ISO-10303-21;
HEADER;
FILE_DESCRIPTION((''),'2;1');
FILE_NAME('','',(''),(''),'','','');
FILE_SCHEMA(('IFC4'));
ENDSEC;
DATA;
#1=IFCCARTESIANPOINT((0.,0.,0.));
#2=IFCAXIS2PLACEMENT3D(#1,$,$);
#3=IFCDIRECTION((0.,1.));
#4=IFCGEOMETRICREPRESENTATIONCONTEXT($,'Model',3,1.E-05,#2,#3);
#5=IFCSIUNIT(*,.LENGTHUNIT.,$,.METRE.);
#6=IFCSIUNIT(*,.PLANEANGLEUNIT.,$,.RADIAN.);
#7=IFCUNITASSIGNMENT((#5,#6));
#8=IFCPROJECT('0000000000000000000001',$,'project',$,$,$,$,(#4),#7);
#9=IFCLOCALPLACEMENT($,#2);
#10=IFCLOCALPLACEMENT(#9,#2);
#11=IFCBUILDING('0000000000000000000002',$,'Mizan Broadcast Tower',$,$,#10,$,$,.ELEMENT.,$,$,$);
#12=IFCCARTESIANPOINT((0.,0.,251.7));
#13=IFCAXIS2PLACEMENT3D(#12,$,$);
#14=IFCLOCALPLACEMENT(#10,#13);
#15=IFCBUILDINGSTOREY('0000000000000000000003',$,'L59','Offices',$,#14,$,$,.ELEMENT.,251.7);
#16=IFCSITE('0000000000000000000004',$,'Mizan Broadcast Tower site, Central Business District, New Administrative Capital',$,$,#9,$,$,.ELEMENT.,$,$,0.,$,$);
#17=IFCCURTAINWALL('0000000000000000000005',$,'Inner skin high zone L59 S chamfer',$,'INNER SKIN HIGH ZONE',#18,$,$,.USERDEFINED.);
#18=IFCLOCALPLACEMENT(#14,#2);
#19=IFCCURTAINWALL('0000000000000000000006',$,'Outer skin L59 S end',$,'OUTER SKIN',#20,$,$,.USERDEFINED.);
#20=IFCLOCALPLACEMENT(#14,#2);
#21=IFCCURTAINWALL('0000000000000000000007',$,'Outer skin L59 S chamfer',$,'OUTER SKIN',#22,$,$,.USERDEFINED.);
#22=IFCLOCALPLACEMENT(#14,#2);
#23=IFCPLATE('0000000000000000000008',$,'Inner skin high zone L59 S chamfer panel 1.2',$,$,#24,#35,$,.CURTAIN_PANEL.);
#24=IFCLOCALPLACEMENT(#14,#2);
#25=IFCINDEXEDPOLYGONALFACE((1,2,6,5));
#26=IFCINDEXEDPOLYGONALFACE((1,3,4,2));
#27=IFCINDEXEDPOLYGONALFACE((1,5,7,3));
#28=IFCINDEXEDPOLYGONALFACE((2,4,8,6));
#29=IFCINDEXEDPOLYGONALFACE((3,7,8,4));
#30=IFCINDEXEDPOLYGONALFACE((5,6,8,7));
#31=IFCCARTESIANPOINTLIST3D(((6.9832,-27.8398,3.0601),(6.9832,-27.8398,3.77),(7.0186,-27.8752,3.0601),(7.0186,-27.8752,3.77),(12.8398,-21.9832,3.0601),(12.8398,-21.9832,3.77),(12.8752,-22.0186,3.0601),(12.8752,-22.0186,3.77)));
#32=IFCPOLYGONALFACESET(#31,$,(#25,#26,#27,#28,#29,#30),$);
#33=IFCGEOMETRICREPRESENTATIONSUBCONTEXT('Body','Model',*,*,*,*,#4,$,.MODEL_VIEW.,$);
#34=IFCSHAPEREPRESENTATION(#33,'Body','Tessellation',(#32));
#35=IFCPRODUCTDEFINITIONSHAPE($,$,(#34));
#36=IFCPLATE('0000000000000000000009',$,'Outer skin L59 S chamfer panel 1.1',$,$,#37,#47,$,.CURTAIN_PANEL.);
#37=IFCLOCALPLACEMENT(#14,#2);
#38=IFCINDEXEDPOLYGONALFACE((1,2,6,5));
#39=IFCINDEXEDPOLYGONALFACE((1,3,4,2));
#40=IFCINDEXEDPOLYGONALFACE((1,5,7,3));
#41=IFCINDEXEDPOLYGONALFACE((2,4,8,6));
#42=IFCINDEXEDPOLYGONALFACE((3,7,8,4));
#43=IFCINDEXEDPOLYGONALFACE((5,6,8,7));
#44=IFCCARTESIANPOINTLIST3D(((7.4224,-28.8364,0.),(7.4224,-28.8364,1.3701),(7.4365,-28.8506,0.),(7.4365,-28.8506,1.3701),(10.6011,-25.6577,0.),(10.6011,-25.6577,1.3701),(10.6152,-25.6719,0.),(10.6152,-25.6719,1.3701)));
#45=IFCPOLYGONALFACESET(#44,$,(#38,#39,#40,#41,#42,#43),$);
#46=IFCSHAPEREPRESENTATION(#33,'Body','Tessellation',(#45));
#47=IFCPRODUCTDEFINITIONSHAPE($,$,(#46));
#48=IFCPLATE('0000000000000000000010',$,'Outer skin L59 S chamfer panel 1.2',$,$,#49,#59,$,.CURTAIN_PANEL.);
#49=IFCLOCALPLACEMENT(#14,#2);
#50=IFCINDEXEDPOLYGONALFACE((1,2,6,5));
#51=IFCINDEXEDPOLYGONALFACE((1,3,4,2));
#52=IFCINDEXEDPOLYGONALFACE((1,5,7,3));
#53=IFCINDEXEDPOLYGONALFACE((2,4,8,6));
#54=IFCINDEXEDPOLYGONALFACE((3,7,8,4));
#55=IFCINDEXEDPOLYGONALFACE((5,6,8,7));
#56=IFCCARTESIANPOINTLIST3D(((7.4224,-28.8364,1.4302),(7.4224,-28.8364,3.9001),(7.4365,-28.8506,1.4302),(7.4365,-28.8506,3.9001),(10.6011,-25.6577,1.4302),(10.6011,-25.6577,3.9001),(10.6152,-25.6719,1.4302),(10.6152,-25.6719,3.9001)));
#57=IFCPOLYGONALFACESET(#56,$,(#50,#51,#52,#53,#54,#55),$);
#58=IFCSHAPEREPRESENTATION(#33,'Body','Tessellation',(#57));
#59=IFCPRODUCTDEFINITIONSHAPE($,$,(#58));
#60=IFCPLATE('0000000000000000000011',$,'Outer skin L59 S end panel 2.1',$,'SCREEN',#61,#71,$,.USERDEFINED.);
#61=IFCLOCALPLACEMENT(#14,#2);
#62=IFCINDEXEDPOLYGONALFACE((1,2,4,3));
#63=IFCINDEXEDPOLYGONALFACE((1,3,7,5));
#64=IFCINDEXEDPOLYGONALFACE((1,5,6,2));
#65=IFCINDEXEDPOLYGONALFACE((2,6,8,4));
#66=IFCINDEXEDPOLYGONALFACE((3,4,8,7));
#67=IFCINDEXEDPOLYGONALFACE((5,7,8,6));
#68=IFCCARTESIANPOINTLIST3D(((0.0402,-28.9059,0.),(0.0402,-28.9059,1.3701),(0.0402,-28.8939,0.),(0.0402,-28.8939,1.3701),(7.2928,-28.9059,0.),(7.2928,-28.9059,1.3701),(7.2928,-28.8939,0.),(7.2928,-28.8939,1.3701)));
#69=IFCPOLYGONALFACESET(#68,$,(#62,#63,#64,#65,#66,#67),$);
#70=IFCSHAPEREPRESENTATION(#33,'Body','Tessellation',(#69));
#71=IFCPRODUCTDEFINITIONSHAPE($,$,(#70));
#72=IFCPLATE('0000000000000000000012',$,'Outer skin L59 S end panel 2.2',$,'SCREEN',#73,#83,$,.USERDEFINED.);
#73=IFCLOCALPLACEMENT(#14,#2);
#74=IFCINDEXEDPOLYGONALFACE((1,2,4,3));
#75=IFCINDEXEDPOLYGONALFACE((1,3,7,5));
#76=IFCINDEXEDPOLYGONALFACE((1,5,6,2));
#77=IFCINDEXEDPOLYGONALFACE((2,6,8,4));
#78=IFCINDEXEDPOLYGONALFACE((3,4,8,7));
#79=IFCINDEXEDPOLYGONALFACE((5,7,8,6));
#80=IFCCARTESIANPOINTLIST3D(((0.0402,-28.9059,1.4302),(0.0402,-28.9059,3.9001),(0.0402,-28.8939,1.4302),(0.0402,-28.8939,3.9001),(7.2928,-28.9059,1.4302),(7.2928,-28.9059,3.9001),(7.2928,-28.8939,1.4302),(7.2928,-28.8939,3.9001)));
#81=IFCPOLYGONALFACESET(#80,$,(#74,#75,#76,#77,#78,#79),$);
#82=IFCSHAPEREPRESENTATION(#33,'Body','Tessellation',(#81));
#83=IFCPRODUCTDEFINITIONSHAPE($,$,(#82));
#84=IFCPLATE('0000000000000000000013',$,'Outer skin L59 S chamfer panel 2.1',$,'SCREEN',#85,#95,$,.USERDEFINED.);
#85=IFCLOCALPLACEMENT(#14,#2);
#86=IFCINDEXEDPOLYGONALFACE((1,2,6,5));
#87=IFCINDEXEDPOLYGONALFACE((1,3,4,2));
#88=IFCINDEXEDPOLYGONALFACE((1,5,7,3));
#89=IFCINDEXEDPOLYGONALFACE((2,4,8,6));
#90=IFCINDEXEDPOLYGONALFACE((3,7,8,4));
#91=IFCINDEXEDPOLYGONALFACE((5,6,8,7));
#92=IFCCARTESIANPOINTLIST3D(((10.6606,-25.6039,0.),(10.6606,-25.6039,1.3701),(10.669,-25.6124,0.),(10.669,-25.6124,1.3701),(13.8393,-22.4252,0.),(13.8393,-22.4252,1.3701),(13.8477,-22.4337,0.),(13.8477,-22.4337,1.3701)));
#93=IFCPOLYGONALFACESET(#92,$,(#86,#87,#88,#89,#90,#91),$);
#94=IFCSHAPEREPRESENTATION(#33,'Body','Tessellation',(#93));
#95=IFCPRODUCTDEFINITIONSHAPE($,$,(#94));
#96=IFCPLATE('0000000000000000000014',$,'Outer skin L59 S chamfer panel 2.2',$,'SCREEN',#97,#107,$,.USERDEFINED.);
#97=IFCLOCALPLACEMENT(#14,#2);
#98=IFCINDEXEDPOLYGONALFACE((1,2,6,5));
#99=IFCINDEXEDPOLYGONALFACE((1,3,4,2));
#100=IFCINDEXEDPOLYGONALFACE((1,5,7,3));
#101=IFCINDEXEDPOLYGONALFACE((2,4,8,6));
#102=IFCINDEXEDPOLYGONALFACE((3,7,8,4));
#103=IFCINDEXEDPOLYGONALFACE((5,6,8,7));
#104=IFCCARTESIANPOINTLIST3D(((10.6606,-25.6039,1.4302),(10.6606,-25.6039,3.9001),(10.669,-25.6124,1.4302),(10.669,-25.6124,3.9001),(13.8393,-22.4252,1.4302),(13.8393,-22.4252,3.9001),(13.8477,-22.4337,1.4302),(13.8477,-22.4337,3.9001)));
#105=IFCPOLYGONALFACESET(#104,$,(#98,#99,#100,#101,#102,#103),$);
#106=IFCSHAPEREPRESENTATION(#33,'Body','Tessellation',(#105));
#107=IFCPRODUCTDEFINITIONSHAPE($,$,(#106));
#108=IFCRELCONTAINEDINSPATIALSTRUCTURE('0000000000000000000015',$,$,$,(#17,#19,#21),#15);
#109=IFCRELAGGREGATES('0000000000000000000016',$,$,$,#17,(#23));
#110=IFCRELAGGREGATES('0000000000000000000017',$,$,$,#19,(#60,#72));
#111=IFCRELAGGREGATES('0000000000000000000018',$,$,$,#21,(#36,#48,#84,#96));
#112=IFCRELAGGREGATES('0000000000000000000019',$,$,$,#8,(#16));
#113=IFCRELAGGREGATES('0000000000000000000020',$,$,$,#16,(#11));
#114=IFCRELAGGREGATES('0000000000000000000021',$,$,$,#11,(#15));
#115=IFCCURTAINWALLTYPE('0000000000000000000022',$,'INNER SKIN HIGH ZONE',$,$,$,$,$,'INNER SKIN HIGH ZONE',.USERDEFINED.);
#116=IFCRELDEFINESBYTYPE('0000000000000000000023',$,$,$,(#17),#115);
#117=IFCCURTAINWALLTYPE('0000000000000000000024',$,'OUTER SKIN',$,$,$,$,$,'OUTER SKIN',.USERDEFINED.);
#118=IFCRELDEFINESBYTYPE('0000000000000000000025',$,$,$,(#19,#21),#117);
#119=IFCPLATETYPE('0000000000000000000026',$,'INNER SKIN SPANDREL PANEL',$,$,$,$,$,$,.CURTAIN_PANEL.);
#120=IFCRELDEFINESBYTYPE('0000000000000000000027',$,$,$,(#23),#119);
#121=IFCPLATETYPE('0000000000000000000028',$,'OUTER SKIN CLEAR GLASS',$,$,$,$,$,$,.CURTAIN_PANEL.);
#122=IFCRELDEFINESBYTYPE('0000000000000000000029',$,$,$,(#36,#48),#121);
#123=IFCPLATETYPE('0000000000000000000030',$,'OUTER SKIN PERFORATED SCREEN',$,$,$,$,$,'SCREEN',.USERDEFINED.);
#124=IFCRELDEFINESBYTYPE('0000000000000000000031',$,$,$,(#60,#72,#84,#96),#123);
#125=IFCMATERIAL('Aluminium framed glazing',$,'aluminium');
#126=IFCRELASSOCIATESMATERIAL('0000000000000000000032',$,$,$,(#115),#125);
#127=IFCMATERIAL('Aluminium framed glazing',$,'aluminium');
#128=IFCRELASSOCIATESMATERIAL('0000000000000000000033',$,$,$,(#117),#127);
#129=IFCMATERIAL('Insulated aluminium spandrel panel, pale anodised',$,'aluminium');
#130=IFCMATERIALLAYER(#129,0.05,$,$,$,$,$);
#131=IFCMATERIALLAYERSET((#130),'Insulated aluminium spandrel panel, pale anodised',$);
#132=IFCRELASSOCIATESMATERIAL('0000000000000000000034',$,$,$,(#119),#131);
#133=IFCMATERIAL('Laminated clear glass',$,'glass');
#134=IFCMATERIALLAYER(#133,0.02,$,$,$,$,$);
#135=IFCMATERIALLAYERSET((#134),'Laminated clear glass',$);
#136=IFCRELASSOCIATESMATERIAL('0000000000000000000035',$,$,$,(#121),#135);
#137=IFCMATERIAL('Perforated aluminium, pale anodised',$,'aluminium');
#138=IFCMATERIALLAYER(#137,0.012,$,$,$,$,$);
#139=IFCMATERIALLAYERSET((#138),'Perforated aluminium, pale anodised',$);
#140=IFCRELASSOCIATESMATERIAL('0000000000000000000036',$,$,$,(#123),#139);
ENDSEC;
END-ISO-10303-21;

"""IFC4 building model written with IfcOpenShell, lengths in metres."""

from ifc_helpers import new_model, si_unit, direction, frame, origin, origin_2d, place, context, subcontext, project, spatial, rectangle, extrude, material, layer, layer_set, type_object, element, aggregate, save


model = new_model("IFC4")

# Units and contexts
model_context = context("Model", 3, precision=1e-05, world=origin(), true_north=direction((0.0, 1.0)))
body_context = subcontext(model_context, "Body", "Model", "MODEL_VIEW")
ifc_project = project(units=[si_unit("LENGTHUNIT", "METRE"), si_unit("PLANEANGLEUNIT", "RADIAN")], contexts=[model_context])

# Site, building, storey
site_placement = place(None, origin())
site = spatial("IfcSite", under=ifc_project, at=site_placement, Name="Mizan Broadcast Tower site, Central Business District, New Administrative Capital", CompositionType="ELEMENT", RefElevation=0.0)
building_placement = place(site_placement, origin())
building = spatial("IfcBuilding", under=site, at=building_placement, Name="Mizan Broadcast Tower", CompositionType="ELEMENT")
storey_placement = place(building_placement, frame((0.0, 0.0, 251.7)))
storey = spatial("IfcBuildingStorey", under=building, at=storey_placement, Name="L59", Description="Offices", CompositionType="ELEMENT", Elevation=251.7)

# Shared definitions
ifc_material_1 = material(Name="Aluminium framed glazing", Category="aluminium")
curtain_wall_type_1 = type_object("IfcCurtainWallType", Name="INNER SKIN HIGH ZONE", ElementType="INNER SKIN HIGH ZONE", PredefinedType="USERDEFINED", material=ifc_material_1)

# Curtain wall
curtain_wall_1_placement = place(storey_placement, origin())
curtain_wall_1 = element("IfcCurtainWall", 1, at=curtain_wall_1_placement, inside=storey, type_object=curtain_wall_type_1, Name="Inner skin high zone L59 S chamfer", ObjectType="INNER SKIN HIGH ZONE", PredefinedType="USERDEFINED")

# Curtain wall
ifc_material_2 = material(Name="Aluminium framed glazing", Category="aluminium")
curtain_wall_type_2 = type_object("IfcCurtainWallType", Name="OUTER SKIN", ElementType="OUTER SKIN", PredefinedType="USERDEFINED", material=ifc_material_2)
curtain_wall_2_placement = place(storey_placement, origin())
curtain_wall_2 = element("IfcCurtainWall", 2, at=curtain_wall_2_placement, inside=storey, type_object=curtain_wall_type_2, Name="Outer skin L59 S end", ObjectType="OUTER SKIN", PredefinedType="USERDEFINED")

# Curtain wall
curtain_wall_3_placement = place(storey_placement, origin())
curtain_wall_3 = element("IfcCurtainWall", 3, at=curtain_wall_3_placement, inside=storey, type_object=curtain_wall_type_2, Name="Outer skin L59 S chamfer", ObjectType="OUTER SKIN", PredefinedType="USERDEFINED")

# Plates
ifc_material_3 = material(Name="Insulated aluminium spandrel panel, pale anodised", Category="aluminium")
ifc_layer_1 = layer(ifc_material_3, 0.05)
ifc_layer_set_1 = layer_set([ifc_layer_1], Name="Insulated aluminium spandrel panel, pale anodised")
plate_type_1 = type_object("IfcPlateType", Name="INNER SKIN SPANDREL PANEL", PredefinedType="CURTAIN_PANEL", material=ifc_layer_set_1)
plate_1_placement = place(storey_placement, frame((9.9292, -24.9292, 3.0601), z_axis=(0.0, 0.0, 1.0), x_axis=(0.707107, 0.707107, 0.0)))
plate_1 = element("IfcPlate", 4, at=plate_1_placement, type_object=plate_type_1, Name="Inner skin high zone L59 S chamfer panel 1.2", PredefinedType="CURTAIN_PANEL", context=body_context, shape_type="SweptSolid", body=[
    extrude(rectangle(XDim=8.2825, YDim=0.05, at=origin_2d()), origin(), (0.0, 0.0, 1.0), 0.71),
])
aggregate(curtain_wall_1, [plate_1])
ifc_material_4 = material(Name="Laminated clear glass", Category="glass")
ifc_layer_2 = layer(ifc_material_4, 0.02)
ifc_layer_set_2 = layer_set([ifc_layer_2], Name="Laminated clear glass")
plate_type_2 = type_object("IfcPlateType", Name="OUTER SKIN CLEAR GLASS", PredefinedType="CURTAIN_PANEL", material=ifc_layer_set_2)
plate_2_placement = place(storey_placement, frame((9.0188, -27.2542, 0.0), z_axis=(0.0, 0.0, 1.0), x_axis=(0.707107, 0.707107, 0.0)))
plate_2 = element("IfcPlate", 5, at=plate_2_placement, type_object=plate_type_2, Name="Outer skin L59 S chamfer panel 1.1", PredefinedType="CURTAIN_PANEL", context=body_context, shape_type="SweptSolid", body=[
    extrude(rectangle(XDim=4.4954, YDim=0.02, at=origin_2d()), origin(), (0.0, 0.0, 1.0), 1.3701),
])
plate_3_placement = place(storey_placement, frame((9.0188, -27.2542, 1.4302), z_axis=(0.0, 0.0, 1.0), x_axis=(0.707107, 0.707107, 0.0)))
plate_3 = element("IfcPlate", 6, at=plate_3_placement, type_object=plate_type_2, Name="Outer skin L59 S chamfer panel 1.2", PredefinedType="CURTAIN_PANEL", context=body_context, shape_type="SweptSolid", body=[
    extrude(rectangle(XDim=4.4954, YDim=0.02, at=origin_2d()), origin(), (0.0, 0.0, 1.0), 2.47),
])
ifc_material_5 = material(Name="Perforated aluminium, pale anodised", Category="aluminium")
ifc_layer_3 = layer(ifc_material_5, 0.012)
ifc_layer_set_3 = layer_set([ifc_layer_3], Name="Perforated aluminium, pale anodised")
plate_type_3 = type_object("IfcPlateType", Name="OUTER SKIN PERFORATED SCREEN", ElementType="SCREEN", PredefinedType="USERDEFINED", material=ifc_layer_set_3)
plate_4_placement = place(storey_placement, frame((3.6665, -28.8999, 0.0), z_axis=(0.0, 0.0, 1.0), x_axis=(1.0, 0.0, 0.0)))
plate_4 = element("IfcPlate", 7, at=plate_4_placement, type_object=plate_type_3, Name="Outer skin L59 S end panel 2.1", ObjectType="SCREEN", PredefinedType="USERDEFINED", context=body_context, shape_type="SweptSolid", body=[
    extrude(rectangle(XDim=7.2527, YDim=0.012, at=origin_2d()), origin(), (0.0, 0.0, 1.0), 1.3701),
])
plate_5_placement = place(storey_placement, frame((3.6665, -28.8999, 1.4302), z_axis=(0.0, 0.0, 1.0), x_axis=(1.0, 0.0, 0.0)))
plate_5 = element("IfcPlate", 8, at=plate_5_placement, type_object=plate_type_3, Name="Outer skin L59 S end panel 2.2", ObjectType="SCREEN", PredefinedType="USERDEFINED", context=body_context, shape_type="SweptSolid", body=[
    extrude(rectangle(XDim=7.2527, YDim=0.012, at=origin_2d()), origin(), (0.0, 0.0, 1.0), 2.47),
])
aggregate(curtain_wall_2, [plate_4, plate_5])
plate_6_placement = place(storey_placement, frame((12.2542, -24.0188, 0.0), z_axis=(0.0, 0.0, 1.0), x_axis=(0.707107, 0.707107, 0.0)))
plate_6 = element("IfcPlate", 9, at=plate_6_placement, type_object=plate_type_3, Name="Outer skin L59 S chamfer panel 2.1", ObjectType="SCREEN", PredefinedType="USERDEFINED", context=body_context, shape_type="SweptSolid", body=[
    extrude(rectangle(XDim=4.4954, YDim=0.012, at=origin_2d()), origin(), (0.0, 0.0, 1.0), 1.3701),
])
plate_7_placement = place(storey_placement, frame((12.2542, -24.0188, 1.4302), z_axis=(0.0, 0.0, 1.0), x_axis=(0.707107, 0.707107, 0.0)))
plate_7 = element("IfcPlate", 10, at=plate_7_placement, type_object=plate_type_3, Name="Outer skin L59 S chamfer panel 2.2", ObjectType="SCREEN", PredefinedType="USERDEFINED", context=body_context, shape_type="SweptSolid", body=[
    extrude(rectangle(XDim=4.4954, YDim=0.012, at=origin_2d()), origin(), (0.0, 0.0, 1.0), 2.47),
])
aggregate(curtain_wall_3, [plate_2, plate_3, plate_6, plate_7])

save(model, "model.ifc")
